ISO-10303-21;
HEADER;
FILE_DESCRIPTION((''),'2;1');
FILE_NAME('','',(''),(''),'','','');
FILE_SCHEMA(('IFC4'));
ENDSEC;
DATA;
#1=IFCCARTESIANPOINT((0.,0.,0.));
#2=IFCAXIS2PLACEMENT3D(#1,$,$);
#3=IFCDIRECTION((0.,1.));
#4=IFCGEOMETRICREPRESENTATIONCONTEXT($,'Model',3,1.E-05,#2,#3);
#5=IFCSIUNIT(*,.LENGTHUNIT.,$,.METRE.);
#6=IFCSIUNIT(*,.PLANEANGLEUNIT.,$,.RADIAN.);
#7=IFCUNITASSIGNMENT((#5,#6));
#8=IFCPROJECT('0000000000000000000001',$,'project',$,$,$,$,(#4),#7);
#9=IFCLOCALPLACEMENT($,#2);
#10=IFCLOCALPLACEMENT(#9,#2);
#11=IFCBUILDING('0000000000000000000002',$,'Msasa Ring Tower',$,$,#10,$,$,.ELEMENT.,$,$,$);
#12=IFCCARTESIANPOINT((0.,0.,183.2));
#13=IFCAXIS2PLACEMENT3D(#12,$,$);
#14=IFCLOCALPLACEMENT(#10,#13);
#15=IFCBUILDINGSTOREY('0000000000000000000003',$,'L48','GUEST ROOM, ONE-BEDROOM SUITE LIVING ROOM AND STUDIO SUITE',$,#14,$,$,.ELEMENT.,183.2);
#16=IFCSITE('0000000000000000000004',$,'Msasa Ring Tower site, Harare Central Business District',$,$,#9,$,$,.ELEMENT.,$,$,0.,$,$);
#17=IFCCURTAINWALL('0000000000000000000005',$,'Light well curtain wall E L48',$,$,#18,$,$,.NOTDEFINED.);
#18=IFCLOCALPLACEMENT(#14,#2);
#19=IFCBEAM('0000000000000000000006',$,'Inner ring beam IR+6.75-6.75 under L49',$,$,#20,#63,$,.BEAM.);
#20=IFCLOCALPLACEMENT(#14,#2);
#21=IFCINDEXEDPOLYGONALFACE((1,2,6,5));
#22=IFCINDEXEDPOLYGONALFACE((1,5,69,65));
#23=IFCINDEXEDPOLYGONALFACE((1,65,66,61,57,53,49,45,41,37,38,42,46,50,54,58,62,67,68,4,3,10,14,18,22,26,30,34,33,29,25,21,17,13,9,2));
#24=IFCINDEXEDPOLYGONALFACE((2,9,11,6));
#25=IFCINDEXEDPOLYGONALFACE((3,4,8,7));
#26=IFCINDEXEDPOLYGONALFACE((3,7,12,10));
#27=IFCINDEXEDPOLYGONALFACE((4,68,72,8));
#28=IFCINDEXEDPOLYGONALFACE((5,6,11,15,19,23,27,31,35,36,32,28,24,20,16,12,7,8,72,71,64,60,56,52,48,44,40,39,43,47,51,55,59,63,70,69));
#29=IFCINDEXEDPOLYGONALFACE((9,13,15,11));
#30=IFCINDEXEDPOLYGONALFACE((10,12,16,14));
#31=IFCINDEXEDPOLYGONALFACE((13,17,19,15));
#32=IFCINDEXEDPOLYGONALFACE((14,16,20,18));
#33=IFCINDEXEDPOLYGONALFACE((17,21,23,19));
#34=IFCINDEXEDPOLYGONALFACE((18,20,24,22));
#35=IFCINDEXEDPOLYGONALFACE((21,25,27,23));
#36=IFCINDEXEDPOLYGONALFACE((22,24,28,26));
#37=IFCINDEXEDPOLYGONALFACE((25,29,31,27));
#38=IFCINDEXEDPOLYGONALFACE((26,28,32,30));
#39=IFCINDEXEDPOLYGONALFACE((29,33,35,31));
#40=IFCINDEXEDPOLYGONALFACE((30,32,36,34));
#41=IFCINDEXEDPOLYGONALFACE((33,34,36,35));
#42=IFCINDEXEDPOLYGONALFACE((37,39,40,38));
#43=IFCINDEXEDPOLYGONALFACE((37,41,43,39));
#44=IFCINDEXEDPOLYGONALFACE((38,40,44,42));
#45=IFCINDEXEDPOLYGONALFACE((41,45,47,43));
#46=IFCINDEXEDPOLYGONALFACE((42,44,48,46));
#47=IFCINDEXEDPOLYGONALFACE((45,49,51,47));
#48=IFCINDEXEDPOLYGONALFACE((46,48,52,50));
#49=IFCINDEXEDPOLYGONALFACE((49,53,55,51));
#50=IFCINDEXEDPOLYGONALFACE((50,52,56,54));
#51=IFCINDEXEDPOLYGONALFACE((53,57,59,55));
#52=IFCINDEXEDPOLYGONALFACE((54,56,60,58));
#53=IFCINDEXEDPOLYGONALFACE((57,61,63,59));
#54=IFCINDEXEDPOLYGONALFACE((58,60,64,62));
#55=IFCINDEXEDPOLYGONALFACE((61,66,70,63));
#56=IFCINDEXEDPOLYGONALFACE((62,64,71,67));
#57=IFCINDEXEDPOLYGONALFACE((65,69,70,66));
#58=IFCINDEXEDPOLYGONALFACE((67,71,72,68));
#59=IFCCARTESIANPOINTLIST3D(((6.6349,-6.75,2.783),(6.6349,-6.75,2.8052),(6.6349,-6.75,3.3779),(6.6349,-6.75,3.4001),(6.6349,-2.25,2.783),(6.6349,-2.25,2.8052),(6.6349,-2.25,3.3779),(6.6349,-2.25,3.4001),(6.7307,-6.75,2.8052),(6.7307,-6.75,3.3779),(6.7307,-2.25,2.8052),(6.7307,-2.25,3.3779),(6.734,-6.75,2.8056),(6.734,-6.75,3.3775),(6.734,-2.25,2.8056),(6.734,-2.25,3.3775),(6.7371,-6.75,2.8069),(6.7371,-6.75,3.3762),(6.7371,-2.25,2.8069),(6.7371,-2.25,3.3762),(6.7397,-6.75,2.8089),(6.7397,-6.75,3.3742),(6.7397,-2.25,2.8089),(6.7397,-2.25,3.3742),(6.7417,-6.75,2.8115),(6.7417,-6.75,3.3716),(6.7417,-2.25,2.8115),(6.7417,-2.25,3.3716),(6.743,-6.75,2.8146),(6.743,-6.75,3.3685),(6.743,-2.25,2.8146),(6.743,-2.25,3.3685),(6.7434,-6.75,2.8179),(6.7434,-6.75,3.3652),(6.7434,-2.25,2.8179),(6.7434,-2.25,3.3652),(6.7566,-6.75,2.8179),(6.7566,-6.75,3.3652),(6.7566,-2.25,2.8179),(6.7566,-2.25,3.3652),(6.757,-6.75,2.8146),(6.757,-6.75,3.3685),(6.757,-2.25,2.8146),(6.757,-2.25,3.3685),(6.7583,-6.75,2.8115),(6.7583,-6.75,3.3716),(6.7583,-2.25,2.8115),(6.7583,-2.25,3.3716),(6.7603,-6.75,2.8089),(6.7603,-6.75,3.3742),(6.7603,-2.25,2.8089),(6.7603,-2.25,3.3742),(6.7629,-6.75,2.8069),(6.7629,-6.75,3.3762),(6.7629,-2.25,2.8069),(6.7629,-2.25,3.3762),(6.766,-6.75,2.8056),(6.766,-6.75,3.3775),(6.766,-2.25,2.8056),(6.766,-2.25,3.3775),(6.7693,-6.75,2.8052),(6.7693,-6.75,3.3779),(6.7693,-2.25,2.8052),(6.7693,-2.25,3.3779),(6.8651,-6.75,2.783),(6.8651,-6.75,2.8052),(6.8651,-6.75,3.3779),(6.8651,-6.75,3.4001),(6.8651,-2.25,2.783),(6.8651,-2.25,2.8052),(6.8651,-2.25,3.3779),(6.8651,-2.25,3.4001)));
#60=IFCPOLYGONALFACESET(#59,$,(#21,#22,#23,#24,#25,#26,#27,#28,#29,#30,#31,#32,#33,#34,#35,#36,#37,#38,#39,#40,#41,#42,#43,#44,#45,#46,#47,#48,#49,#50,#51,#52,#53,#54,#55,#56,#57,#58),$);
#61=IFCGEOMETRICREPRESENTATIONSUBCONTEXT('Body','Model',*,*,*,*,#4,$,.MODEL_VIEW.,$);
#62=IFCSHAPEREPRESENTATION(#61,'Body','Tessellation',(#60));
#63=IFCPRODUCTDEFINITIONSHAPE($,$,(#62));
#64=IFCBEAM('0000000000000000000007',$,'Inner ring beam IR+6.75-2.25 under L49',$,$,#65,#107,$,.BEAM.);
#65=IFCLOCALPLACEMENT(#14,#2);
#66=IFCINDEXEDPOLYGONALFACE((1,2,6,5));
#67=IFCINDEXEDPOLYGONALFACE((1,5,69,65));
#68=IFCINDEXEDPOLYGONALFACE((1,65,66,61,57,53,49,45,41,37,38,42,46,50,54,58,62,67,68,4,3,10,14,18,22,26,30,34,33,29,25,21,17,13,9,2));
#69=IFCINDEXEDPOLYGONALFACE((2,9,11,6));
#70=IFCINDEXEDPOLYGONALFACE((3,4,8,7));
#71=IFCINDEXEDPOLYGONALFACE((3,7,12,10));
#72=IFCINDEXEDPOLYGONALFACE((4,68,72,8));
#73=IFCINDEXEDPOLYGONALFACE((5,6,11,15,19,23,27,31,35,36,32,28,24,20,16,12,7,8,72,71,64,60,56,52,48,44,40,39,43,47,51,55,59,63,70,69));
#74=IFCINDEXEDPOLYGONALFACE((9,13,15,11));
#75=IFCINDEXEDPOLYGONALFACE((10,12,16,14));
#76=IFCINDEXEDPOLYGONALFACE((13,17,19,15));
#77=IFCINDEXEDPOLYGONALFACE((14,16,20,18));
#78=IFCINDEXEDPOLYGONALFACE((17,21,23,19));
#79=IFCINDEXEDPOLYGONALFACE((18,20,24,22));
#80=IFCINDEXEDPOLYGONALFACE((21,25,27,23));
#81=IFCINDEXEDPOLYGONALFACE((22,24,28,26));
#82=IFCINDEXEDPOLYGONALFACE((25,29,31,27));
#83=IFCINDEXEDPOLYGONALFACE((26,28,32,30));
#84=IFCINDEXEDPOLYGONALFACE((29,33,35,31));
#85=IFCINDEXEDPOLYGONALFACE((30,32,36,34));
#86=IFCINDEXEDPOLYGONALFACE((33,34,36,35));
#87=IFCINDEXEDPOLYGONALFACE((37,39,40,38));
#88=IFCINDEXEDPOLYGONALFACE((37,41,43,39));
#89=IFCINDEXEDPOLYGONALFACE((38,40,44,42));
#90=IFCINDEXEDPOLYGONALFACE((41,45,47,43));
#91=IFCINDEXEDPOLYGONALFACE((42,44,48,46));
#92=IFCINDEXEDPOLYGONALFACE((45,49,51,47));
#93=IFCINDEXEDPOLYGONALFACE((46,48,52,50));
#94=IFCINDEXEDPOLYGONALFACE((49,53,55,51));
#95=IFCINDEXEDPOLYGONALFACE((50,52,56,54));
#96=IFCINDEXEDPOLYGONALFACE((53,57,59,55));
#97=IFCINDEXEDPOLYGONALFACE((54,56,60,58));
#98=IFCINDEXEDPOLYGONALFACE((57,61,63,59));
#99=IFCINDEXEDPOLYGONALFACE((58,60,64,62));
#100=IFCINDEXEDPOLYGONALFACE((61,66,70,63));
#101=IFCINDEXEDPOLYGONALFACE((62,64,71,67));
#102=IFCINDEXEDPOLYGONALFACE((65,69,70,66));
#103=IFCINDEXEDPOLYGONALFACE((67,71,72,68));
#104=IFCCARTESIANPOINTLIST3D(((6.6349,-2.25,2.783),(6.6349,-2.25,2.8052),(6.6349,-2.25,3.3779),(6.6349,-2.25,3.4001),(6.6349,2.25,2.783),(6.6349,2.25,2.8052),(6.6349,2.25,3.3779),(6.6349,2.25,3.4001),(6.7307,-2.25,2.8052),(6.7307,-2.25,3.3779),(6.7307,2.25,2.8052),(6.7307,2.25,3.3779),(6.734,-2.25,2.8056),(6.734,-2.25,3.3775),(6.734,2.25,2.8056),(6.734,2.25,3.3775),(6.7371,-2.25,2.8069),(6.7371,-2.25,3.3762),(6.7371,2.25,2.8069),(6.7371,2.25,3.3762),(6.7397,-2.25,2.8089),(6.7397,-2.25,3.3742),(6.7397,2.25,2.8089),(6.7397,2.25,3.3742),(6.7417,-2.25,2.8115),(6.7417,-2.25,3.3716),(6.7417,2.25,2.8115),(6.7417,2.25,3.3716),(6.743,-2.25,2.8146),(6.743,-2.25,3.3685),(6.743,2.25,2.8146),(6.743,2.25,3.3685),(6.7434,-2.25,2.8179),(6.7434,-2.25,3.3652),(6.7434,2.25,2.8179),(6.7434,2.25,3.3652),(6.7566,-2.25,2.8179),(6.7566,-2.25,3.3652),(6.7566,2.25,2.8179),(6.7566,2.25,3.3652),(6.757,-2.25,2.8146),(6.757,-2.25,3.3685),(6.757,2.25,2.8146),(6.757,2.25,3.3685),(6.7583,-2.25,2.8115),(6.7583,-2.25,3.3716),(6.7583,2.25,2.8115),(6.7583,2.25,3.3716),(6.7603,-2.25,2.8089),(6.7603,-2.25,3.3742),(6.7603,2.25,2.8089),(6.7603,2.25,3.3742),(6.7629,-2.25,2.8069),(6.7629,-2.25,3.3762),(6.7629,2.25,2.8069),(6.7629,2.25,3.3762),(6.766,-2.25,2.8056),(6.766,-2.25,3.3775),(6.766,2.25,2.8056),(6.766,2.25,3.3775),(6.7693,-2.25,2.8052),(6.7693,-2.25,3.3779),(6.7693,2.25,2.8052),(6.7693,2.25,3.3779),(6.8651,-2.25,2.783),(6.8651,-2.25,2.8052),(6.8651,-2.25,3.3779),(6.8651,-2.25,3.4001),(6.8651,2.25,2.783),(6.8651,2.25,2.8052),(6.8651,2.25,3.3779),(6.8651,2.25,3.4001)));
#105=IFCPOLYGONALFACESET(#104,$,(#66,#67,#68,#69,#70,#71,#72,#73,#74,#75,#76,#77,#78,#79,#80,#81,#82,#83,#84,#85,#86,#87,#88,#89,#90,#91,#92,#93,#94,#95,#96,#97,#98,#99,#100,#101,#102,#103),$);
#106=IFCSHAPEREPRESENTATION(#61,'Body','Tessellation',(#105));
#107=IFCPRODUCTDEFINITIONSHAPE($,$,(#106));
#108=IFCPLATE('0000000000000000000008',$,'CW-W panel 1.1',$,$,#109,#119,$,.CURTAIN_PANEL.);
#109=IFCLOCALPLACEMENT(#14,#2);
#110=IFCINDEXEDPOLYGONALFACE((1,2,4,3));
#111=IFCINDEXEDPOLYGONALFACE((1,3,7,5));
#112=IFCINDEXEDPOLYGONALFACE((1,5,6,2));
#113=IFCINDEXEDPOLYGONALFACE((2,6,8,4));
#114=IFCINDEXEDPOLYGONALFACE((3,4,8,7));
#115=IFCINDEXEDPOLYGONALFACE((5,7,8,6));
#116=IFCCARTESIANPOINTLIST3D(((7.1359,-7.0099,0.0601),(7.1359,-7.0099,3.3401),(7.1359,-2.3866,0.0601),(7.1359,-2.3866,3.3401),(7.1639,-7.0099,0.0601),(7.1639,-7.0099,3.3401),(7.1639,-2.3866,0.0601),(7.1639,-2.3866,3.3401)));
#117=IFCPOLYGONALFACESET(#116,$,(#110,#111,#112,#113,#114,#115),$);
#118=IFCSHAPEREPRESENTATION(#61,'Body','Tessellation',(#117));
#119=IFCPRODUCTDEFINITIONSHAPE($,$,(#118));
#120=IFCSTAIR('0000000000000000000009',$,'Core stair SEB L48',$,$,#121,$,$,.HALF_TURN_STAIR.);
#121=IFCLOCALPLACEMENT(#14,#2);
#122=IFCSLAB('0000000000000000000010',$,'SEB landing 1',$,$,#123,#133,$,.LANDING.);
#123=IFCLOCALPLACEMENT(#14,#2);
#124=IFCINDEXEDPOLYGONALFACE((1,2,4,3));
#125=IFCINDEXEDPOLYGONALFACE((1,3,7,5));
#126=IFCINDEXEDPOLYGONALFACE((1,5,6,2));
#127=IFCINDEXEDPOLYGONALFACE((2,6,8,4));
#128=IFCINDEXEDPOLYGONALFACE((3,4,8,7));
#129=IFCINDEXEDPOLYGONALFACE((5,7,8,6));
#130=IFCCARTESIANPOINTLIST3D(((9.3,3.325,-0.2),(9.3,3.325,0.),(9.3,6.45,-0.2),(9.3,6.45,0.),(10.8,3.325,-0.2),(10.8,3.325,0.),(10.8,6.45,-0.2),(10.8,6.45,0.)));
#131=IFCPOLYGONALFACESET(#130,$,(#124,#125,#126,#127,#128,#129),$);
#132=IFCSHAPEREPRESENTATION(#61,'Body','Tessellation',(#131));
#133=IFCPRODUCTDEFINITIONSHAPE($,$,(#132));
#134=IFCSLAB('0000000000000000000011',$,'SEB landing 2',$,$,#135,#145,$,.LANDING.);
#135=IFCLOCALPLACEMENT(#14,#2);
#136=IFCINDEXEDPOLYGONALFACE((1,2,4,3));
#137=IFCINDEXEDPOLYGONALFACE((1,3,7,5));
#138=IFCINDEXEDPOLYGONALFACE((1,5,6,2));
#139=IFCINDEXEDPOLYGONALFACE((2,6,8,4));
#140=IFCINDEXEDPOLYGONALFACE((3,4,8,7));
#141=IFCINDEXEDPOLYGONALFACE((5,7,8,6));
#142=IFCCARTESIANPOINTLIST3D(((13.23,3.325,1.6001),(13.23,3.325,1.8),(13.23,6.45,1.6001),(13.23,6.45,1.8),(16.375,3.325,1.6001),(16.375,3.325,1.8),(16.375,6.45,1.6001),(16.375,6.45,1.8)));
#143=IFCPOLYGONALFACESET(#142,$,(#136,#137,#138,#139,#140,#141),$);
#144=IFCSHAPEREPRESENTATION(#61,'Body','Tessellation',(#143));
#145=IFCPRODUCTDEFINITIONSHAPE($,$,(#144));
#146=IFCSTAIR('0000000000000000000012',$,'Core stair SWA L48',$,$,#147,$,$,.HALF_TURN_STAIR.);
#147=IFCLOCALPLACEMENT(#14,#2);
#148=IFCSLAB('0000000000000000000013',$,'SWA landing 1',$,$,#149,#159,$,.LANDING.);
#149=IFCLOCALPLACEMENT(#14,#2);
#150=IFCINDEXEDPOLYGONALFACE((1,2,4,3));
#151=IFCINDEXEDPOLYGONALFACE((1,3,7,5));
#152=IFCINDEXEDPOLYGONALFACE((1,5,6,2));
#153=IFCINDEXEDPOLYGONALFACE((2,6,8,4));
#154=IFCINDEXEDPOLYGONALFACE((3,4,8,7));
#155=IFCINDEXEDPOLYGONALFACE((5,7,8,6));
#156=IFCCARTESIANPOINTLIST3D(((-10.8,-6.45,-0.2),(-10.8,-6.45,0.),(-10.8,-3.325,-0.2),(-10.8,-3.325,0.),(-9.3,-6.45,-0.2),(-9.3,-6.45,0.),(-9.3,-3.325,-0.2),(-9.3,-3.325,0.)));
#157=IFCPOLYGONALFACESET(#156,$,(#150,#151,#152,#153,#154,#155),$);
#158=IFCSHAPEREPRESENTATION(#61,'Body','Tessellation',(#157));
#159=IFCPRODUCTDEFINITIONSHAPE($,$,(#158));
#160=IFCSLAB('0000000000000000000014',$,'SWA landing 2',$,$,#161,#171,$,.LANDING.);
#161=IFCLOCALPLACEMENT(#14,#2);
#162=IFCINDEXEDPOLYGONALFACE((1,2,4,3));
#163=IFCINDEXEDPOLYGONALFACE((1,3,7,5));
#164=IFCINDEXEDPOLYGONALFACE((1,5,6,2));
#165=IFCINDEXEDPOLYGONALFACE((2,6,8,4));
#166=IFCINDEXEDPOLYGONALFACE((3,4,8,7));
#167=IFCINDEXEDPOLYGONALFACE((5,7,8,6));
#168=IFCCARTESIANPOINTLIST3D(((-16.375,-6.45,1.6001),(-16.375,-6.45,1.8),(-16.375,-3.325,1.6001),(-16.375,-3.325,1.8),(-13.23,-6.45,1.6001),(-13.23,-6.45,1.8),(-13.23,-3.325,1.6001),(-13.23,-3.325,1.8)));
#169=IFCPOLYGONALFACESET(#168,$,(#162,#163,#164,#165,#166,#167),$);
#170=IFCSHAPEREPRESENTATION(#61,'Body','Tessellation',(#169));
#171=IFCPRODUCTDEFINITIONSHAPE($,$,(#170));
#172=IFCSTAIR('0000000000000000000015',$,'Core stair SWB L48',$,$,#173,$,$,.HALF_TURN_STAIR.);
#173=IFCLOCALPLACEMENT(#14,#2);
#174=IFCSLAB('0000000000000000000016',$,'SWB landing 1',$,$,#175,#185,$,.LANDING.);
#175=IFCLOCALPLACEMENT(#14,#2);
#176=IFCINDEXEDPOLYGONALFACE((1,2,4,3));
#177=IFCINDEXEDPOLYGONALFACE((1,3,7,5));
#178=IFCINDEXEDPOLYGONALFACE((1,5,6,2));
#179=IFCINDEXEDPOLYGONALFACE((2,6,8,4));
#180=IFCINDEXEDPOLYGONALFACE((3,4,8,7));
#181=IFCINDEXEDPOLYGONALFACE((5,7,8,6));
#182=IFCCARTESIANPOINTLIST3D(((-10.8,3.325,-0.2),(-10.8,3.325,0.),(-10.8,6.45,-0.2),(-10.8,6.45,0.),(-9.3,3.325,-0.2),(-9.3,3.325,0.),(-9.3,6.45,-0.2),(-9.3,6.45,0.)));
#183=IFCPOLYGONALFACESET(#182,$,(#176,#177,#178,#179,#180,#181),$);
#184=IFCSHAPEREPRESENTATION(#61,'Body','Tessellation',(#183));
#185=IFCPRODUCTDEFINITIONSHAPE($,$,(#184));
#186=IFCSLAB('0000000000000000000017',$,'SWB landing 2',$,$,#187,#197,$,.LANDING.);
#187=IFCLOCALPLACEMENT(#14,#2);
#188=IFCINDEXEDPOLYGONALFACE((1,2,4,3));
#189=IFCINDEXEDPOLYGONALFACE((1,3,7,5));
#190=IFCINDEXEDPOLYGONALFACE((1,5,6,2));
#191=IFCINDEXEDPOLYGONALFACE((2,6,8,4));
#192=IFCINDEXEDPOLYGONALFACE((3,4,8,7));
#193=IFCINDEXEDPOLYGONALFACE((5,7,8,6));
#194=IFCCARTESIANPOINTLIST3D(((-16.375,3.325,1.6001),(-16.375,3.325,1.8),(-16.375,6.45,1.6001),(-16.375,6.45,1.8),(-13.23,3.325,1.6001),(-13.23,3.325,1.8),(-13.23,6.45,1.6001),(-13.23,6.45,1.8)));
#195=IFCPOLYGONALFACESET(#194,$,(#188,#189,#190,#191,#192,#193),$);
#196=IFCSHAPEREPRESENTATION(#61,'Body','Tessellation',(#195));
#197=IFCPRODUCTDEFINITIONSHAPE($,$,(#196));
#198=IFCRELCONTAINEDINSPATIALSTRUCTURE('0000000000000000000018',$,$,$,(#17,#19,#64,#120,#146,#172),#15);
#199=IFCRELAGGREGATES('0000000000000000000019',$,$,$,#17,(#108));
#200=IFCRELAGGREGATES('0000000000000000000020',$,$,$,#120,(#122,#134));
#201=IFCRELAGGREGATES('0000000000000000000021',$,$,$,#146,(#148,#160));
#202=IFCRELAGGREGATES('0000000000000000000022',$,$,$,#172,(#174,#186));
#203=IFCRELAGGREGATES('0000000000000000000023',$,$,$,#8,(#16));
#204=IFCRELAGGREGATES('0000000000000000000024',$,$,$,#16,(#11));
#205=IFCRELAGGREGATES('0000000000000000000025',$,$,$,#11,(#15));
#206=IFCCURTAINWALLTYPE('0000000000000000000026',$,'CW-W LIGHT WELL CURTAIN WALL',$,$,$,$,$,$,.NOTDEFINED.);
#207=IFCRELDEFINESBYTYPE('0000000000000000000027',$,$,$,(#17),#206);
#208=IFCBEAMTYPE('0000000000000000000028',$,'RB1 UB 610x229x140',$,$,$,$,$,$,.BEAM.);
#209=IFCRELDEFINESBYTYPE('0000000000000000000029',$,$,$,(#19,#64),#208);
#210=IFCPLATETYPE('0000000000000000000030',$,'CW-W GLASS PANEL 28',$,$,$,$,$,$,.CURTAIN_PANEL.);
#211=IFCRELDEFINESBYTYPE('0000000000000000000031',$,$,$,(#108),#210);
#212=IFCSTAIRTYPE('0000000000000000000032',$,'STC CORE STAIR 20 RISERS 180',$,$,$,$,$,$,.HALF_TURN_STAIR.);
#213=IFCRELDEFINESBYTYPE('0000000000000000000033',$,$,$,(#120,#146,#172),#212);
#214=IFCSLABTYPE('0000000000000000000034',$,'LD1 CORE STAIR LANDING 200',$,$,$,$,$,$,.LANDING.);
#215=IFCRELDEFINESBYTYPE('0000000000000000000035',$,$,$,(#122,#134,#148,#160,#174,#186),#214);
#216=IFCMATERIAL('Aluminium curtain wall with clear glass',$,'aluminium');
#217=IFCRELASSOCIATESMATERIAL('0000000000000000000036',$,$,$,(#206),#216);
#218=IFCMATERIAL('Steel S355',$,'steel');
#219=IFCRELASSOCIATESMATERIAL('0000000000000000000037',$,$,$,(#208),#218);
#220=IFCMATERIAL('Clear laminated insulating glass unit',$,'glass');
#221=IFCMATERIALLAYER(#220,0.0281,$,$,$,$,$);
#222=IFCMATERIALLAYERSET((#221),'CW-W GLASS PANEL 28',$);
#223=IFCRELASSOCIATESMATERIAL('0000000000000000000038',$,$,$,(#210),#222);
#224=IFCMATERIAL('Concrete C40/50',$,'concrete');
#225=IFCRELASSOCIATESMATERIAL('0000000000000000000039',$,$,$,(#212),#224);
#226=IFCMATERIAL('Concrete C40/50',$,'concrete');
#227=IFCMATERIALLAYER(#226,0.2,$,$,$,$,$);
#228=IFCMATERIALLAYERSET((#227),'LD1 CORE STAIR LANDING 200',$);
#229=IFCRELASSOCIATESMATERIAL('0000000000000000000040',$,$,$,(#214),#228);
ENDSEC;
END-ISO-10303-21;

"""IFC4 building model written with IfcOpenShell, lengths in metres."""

from ifc_helpers import new_model, si_unit, direction, frame, origin, origin_2d, place, context, subcontext, project, spatial, polyline, rectangle, i_section, outline, extrude, material, layer, layer_set, material_profile, profile_set, type_object, element, aggregate, save


model = new_model("IFC4")

# Units and contexts
model_context = context("Model", 3, precision=1e-05, world=origin(), true_north=direction((0.0, 1.0)))
body_context = subcontext(model_context, "Body", "Model", "MODEL_VIEW")
ifc_project = project(units=[si_unit("LENGTHUNIT", "METRE"), si_unit("PLANEANGLEUNIT", "RADIAN")], contexts=[model_context])

# Site, building, storey
site_placement = place(None, origin())
site = spatial("IfcSite", under=ifc_project, at=site_placement, Name="Msasa Ring Tower site, Harare Central Business District", CompositionType="ELEMENT", RefElevation=0.0)
building_placement = place(site_placement, origin())
building = spatial("IfcBuilding", under=site, at=building_placement, Name="Msasa Ring Tower", CompositionType="ELEMENT")
storey_placement = place(building_placement, frame((0.0, 0.0, 183.2)))
storey = spatial("IfcBuildingStorey", under=building, at=storey_placement, Name="L48", Description="GUEST ROOM, ONE-BEDROOM SUITE LIVING ROOM AND STUDIO SUITE", CompositionType="ELEMENT", Elevation=183.2)

# Curtain wall
ifc_material_1 = material(Name="Aluminium curtain wall with clear glass", Category="aluminium")
curtain_wall_type = type_object("IfcCurtainWallType", Name="CW-W LIGHT WELL CURTAIN WALL", PredefinedType="NOTDEFINED", material=ifc_material_1)
curtain_wall_placement = place(storey_placement, origin())
curtain_wall = element("IfcCurtainWall", 1, at=curtain_wall_placement, inside=storey, type_object=curtain_wall_type, Name="Light well curtain wall E L48", PredefinedType="NOTDEFINED")

# Beams
ifc_material_2 = material(Name="Steel S355", Category="steel")
ifc_material_profile_1 = material_profile(ifc_material_2, i_section(OverallWidth=0.2302, OverallDepth=0.6172, WebThickness=0.0132, FlangeThickness=0.0222, FilletRadius=0.0127, at=origin_2d()), Name="UB 610x229x140")
ifc_profile_set_1 = profile_set([ifc_material_profile_1], Name="Steel S355")
beam_type = type_object("IfcBeamType", Name="RB1 UB 610x229x140", PredefinedType="BEAM", material=ifc_profile_set_1)
for number, where, z_axis, x_axis, name in (
    (2, (6.75, -6.75, 3.0916), (0.0, 1.0, 0.0), (-1.0, 0.0, 0.0), "Inner ring beam IR+6.75-6.75 under L49"),
    (3, (6.75, -2.25, 3.0916), (0.0, 1.0, 0.0), (-1.0, 0.0, 0.0), "Inner ring beam IR+6.75-2.25 under L49"),
):
    element("IfcBeam", number, at=place(storey_placement, frame(where, z_axis=z_axis, x_axis=x_axis)), inside=storey, type_object=beam_type, Name=name, PredefinedType="BEAM", context=body_context, shape_type="SweptSolid", body=[
        extrude(i_section(OverallWidth=0.2302, OverallDepth=0.6172, WebThickness=0.0132, FlangeThickness=0.0222, FilletRadius=0.0127, at=origin_2d()), origin(), (0.0, 0.0, 1.0), 4.5),
    ])

# Plate
ifc_material_3 = material(Name="Clear laminated insulating glass unit", Category="glass")
ifc_layer_1 = layer(ifc_material_3, 0.0281)
ifc_layer_set_1 = layer_set([ifc_layer_1], Name="CW-W GLASS PANEL 28")
plate_type = type_object("IfcPlateType", Name="CW-W GLASS PANEL 28", PredefinedType="CURTAIN_PANEL", material=ifc_layer_set_1)
plate_placement = place(storey_placement, frame((7.1499, -4.6982, 0.0601), z_axis=(0.0, 0.0, 1.0), x_axis=(0.0, 1.0, 0.0)))
plate = element("IfcPlate", 4, at=plate_placement, type_object=plate_type, Name="CW-W panel 1.1", PredefinedType="CURTAIN_PANEL", context=body_context, shape_type="SweptSolid", body=[
    extrude(rectangle(XDim=4.6233, YDim=0.0281, at=origin_2d()), origin(), (0.0, 0.0, 1.0), 3.28),
])
aggregate(curtain_wall, [plate])

# Stairs, slabs
ifc_material_4 = material(Name="Concrete C40/50", Category="concrete")
stair_type = type_object("IfcStairType", Name="STC CORE STAIR 20 RISERS 180", PredefinedType="HALF_TURN_STAIR", material=ifc_material_4)
stair_1_placement = place(storey_placement, origin())
stair_1 = element("IfcStair", 5, at=stair_1_placement, inside=storey, type_object=stair_type, Name="Core stair SEB L48", PredefinedType="HALF_TURN_STAIR")
ifc_material_5 = material(Name="Concrete C40/50", Category="concrete")
ifc_layer_2 = layer(ifc_material_5, 0.2)
ifc_layer_set_2 = layer_set([ifc_layer_2], Name="LD1 CORE STAIR LANDING 200")
slab_type = type_object("IfcSlabType", Name="LD1 CORE STAIR LANDING 200", PredefinedType="LANDING", material=ifc_layer_set_2)
slab_1_placement = place(storey_placement, frame((0.0, 0.0, -0.2)))
slab_1 = element("IfcSlab", 6, at=slab_1_placement, type_object=slab_type, Name="SEB landing 1", PredefinedType="LANDING", context=body_context, shape_type="SweptSolid", body=[
    extrude(outline(polyline([(9.3, 3.325), (10.8, 3.325), (10.8, 6.45), (9.3, 6.45), (9.3, 3.325)])), origin(), (0.0, 0.0, 1.0), 0.2),
])
slab_2_placement = place(storey_placement, frame((0.0, 0.0, 1.6001)))
slab_2 = element("IfcSlab", 7, at=slab_2_placement, type_object=slab_type, Name="SEB landing 2", PredefinedType="LANDING", context=body_context, shape_type="SweptSolid", body=[
    extrude(outline(polyline([(13.23, 3.325), (16.375, 3.325), (16.375, 6.45), (13.23, 6.45), (13.23, 3.325)])), origin(), (0.0, 0.0, 1.0), 0.2),
])
aggregate(stair_1, [slab_1, slab_2])
stair_2_placement = place(storey_placement, origin())
stair_2 = element("IfcStair", 8, at=stair_2_placement, inside=storey, type_object=stair_type, Name="Core stair SWA L48", PredefinedType="HALF_TURN_STAIR")
slab_3_placement = place(storey_placement, frame((0.0, 0.0, -0.2)))
slab_3 = element("IfcSlab", 9, at=slab_3_placement, type_object=slab_type, Name="SWA landing 1", PredefinedType="LANDING", context=body_context, shape_type="SweptSolid", body=[
    extrude(outline(polyline([(-10.8, -6.45), (-9.3, -6.45), (-9.3, -3.325), (-10.8, -3.325), (-10.8, -6.45)])), origin(), (0.0, 0.0, 1.0), 0.2),
])
slab_4_placement = place(storey_placement, frame((0.0, 0.0, 1.6001)))
slab_4 = element("IfcSlab", 10, at=slab_4_placement, type_object=slab_type, Name="SWA landing 2", PredefinedType="LANDING", context=body_context, shape_type="SweptSolid", body=[
    extrude(outline(polyline([(-16.375, -6.45), (-13.23, -6.45), (-13.23, -3.325), (-16.375, -3.325), (-16.375, -6.45)])), origin(), (0.0, 0.0, 1.0), 0.2),
])
aggregate(stair_2, [slab_3, slab_4])
stair_3_placement = place(storey_placement, origin())
stair_3 = element("IfcStair", 11, at=stair_3_placement, inside=storey, type_object=stair_type, Name="Core stair SWB L48", PredefinedType="HALF_TURN_STAIR")
slab_5_placement = place(storey_placement, frame((0.0, 0.0, -0.2)))
slab_5 = element("IfcSlab", 12, at=slab_5_placement, type_object=slab_type, Name="SWB landing 1", PredefinedType="LANDING", context=body_context, shape_type="SweptSolid", body=[
    extrude(outline(polyline([(-10.8, 3.325), (-9.3, 3.325), (-9.3, 6.45), (-10.8, 6.45), (-10.8, 3.325)])), origin(), (0.0, 0.0, 1.0), 0.2),
])
slab_6_placement = place(storey_placement, frame((0.0, 0.0, 1.6001)))
slab_6 = element("IfcSlab", 13, at=slab_6_placement, type_object=slab_type, Name="SWB landing 2", PredefinedType="LANDING", context=body_context, shape_type="SweptSolid", body=[
    extrude(outline(polyline([(-16.375, 3.325), (-13.23, 3.325), (-13.23, 6.45), (-16.375, 6.45), (-16.375, 3.325)])), origin(), (0.0, 0.0, 1.0), 0.2),
])
aggregate(stair_3, [slab_5, slab_6])

save(model, "model.ifc")
